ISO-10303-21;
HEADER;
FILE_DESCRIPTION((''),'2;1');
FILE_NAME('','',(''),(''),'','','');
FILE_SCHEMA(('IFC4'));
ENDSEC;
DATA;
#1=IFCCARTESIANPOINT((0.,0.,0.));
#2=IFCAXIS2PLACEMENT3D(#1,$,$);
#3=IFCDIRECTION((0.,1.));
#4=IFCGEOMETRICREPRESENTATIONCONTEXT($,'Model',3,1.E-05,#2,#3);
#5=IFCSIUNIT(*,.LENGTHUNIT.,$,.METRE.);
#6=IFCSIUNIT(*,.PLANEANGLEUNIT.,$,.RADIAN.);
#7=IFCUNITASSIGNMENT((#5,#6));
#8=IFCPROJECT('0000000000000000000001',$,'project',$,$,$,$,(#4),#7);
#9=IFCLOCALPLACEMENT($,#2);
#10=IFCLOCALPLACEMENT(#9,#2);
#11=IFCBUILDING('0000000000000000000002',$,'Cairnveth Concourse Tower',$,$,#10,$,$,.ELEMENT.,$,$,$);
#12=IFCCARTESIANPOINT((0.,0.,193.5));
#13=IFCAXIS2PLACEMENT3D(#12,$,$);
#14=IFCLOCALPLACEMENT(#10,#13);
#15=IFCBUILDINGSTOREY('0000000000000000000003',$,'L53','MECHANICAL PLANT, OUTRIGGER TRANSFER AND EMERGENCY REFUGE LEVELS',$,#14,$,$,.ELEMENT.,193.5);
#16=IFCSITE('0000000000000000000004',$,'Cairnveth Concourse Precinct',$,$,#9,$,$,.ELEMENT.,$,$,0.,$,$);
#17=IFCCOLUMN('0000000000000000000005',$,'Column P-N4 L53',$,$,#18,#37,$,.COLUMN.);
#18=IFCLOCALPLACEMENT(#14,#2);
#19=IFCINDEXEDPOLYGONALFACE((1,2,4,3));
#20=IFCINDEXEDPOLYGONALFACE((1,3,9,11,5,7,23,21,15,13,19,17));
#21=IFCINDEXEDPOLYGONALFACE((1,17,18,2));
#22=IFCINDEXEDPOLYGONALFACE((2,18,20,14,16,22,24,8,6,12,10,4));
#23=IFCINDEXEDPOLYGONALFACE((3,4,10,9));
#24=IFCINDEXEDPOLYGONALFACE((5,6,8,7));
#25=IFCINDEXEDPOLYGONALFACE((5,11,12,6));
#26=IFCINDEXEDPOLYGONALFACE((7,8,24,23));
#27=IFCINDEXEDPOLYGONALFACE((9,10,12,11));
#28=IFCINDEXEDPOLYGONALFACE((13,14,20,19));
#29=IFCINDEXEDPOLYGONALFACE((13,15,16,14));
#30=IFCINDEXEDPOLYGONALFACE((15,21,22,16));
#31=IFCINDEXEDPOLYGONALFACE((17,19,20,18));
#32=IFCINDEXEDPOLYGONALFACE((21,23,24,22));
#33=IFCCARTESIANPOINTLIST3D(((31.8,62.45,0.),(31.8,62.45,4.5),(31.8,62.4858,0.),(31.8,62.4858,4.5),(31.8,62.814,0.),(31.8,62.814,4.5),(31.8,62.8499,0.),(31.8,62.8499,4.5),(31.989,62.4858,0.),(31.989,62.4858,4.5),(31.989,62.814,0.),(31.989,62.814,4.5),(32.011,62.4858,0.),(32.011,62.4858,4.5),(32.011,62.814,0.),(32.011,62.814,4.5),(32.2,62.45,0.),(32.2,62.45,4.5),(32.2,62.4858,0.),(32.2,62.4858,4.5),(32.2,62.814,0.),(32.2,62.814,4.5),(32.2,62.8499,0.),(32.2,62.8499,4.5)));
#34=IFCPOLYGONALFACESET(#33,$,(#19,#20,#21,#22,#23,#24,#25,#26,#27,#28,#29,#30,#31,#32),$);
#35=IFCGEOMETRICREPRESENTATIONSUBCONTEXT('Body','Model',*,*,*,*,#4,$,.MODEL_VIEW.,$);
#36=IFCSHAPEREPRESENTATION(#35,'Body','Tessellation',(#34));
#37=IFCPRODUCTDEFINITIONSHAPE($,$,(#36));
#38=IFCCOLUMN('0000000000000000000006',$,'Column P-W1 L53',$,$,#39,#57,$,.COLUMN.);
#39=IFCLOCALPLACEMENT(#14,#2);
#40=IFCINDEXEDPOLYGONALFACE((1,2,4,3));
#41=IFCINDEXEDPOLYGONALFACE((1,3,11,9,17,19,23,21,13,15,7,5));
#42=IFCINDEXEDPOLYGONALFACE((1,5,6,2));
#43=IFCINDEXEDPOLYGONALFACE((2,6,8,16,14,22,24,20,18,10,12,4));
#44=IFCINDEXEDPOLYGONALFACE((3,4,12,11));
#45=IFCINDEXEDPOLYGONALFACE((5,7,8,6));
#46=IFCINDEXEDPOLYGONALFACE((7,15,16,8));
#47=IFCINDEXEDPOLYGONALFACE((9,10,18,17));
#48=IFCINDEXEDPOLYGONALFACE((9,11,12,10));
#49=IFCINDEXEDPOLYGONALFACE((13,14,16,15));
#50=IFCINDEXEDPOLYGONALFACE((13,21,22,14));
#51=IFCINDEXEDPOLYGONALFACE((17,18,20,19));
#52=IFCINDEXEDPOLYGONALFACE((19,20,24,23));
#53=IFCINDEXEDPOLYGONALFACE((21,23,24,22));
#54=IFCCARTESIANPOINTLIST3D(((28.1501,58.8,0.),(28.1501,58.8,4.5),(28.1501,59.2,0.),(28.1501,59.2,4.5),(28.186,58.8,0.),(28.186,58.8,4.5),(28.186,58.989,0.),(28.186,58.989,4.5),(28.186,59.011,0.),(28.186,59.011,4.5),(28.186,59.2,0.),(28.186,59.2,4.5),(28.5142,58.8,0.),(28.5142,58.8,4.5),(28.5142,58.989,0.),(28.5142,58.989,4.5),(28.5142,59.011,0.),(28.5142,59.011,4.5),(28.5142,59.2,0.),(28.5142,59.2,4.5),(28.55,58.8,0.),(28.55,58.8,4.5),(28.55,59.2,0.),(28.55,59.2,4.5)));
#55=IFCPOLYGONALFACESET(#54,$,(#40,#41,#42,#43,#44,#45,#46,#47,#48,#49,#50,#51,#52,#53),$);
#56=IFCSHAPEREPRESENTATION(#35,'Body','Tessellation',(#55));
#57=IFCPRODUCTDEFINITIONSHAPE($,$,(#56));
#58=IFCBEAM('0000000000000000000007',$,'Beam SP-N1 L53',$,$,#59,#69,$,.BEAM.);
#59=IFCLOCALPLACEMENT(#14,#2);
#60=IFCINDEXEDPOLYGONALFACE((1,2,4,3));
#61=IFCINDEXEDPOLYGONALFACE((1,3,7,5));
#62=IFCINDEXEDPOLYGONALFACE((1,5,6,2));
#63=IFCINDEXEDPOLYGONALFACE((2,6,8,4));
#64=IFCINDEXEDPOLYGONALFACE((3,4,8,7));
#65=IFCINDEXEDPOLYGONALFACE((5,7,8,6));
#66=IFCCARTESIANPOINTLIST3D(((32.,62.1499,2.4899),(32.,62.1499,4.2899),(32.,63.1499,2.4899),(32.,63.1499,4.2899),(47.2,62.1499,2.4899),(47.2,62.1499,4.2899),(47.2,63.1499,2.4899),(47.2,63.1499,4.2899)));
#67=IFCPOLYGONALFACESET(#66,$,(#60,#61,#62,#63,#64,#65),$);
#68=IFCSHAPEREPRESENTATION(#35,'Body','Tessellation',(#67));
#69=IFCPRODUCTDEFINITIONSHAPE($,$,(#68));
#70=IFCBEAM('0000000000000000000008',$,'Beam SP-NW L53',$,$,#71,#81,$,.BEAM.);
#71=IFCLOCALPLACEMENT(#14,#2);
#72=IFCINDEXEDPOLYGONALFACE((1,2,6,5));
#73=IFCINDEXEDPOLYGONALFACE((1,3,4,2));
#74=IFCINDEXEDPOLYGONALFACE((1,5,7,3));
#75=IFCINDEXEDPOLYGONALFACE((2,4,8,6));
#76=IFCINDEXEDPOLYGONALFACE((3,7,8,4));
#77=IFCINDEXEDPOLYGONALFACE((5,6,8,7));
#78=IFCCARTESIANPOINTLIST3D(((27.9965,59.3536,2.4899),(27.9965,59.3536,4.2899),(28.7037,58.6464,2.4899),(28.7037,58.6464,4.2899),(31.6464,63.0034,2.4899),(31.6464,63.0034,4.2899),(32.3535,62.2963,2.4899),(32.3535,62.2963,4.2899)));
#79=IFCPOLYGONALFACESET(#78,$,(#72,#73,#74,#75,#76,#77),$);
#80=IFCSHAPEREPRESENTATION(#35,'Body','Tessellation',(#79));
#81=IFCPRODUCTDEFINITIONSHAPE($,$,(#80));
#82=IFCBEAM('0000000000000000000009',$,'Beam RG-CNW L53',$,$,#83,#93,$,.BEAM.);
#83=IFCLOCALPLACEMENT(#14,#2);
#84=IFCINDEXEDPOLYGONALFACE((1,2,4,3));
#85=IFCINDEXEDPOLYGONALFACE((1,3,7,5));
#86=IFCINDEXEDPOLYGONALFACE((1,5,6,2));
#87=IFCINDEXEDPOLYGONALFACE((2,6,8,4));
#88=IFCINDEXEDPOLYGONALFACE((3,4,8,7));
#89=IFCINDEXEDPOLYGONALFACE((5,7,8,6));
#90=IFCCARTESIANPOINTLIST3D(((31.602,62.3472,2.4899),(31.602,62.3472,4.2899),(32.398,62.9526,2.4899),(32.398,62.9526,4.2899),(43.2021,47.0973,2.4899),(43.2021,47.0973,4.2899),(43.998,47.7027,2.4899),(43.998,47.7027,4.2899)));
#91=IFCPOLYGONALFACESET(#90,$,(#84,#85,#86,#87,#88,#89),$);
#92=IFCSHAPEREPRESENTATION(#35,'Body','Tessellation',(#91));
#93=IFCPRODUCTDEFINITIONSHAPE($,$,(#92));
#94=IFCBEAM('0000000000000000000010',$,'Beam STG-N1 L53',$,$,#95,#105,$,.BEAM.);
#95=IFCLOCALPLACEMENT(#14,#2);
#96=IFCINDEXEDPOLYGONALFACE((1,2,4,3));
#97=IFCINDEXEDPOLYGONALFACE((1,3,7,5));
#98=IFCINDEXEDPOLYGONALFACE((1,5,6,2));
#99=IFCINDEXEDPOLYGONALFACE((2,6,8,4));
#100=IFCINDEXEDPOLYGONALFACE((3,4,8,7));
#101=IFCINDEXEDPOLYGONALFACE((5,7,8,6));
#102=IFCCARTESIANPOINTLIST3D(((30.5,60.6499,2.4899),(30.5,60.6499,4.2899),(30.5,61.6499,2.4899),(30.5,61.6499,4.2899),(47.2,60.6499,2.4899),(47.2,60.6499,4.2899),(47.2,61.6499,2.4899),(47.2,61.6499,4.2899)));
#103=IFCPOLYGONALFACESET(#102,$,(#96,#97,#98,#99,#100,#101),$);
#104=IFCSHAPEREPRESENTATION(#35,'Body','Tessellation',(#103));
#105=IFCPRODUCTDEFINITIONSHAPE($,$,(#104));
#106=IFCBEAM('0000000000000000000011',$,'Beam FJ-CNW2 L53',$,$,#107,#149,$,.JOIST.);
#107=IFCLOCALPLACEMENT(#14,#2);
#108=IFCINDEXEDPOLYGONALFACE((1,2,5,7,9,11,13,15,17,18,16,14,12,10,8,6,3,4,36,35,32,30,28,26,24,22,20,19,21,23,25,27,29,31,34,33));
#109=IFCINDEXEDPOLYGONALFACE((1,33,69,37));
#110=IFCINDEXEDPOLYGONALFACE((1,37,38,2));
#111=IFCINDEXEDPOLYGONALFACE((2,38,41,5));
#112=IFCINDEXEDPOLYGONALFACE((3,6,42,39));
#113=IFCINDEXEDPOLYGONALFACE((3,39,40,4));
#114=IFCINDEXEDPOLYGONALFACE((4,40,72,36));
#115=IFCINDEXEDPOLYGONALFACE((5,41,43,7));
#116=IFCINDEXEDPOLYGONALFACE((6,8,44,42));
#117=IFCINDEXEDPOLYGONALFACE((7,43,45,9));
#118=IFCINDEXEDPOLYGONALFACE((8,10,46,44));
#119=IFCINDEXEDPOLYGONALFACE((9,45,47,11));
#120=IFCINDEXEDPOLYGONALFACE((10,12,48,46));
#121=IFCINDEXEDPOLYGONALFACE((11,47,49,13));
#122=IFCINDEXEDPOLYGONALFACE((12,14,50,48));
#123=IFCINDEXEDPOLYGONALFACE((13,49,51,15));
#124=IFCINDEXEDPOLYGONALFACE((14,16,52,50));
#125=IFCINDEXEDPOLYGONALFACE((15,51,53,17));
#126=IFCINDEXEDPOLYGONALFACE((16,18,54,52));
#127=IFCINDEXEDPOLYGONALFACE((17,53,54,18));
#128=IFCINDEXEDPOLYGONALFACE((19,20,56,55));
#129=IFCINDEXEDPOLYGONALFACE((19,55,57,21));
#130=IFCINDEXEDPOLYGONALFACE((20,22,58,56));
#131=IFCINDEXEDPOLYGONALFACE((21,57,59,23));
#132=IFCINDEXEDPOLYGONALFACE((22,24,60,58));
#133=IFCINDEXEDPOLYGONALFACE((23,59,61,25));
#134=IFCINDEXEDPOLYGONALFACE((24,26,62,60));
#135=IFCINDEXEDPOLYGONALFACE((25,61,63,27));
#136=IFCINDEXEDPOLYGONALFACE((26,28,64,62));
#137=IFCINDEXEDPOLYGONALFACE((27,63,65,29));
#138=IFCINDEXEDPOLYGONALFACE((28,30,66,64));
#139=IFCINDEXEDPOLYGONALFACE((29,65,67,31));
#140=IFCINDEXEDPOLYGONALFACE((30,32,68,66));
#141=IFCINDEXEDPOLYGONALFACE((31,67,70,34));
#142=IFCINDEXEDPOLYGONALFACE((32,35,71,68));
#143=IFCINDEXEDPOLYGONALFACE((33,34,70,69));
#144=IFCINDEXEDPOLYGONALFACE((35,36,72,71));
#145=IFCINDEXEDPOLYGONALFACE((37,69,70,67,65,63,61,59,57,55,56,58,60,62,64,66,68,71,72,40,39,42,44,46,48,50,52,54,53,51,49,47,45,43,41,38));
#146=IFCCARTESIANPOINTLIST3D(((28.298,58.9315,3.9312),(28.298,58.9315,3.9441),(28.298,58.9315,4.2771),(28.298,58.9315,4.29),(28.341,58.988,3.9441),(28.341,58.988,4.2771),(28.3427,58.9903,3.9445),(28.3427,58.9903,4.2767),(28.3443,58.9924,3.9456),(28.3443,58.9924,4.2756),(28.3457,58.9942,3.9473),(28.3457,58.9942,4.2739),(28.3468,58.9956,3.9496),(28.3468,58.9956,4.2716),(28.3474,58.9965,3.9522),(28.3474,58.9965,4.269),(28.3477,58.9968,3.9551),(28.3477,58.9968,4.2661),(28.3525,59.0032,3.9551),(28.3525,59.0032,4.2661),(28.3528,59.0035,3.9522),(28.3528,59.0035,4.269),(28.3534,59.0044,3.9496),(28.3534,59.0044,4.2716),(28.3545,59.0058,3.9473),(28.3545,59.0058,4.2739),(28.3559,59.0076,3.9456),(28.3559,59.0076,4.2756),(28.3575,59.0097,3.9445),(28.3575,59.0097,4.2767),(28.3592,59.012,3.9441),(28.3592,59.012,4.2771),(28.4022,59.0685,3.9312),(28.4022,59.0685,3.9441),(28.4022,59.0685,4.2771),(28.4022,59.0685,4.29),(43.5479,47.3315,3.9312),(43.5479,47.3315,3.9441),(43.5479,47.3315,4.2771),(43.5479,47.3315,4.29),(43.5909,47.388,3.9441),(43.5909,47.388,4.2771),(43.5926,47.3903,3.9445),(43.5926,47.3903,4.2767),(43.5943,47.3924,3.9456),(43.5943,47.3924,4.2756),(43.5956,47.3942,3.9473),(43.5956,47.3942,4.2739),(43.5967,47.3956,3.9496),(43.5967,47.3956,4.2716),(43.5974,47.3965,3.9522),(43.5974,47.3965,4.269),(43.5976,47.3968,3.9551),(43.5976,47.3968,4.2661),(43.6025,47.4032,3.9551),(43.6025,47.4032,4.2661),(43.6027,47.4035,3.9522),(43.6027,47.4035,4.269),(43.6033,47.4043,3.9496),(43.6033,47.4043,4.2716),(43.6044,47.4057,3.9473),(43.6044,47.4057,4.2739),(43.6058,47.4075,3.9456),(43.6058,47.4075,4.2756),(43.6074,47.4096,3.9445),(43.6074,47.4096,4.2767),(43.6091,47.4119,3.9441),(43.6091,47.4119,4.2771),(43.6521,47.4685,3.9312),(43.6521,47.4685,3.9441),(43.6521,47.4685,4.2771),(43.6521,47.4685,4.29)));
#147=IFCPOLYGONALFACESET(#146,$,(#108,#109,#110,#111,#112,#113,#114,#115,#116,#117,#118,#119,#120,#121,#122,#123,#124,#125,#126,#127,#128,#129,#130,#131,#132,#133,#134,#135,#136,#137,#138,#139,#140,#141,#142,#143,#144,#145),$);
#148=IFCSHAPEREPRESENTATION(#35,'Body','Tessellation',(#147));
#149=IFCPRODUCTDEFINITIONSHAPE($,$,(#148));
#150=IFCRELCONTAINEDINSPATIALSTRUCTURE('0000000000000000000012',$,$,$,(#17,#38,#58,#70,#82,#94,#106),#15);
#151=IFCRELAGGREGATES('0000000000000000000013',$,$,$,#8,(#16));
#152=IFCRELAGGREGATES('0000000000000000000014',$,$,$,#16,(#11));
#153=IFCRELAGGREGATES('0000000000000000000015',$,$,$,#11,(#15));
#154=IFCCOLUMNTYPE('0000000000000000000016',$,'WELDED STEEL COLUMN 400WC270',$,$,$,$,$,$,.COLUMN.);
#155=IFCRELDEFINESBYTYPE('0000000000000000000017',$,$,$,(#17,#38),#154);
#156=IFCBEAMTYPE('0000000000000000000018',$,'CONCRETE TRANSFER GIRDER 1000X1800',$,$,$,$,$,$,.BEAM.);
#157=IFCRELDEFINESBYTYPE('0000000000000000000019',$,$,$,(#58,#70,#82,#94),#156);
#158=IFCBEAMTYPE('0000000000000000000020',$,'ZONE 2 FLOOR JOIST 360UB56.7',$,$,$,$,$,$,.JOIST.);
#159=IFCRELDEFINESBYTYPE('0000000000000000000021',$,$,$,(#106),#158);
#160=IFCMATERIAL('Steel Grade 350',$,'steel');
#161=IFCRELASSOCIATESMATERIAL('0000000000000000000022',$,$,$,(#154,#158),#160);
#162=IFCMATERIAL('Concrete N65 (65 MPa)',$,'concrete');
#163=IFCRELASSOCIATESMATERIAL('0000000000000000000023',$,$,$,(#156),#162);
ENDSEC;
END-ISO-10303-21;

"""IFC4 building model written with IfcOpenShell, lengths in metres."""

from ifc_helpers import new_model, si_unit, direction, frame, origin, origin_2d, place, context, subcontext, project, spatial, rectangle, i_section, extrude, material, material_profile, profile_set, type_object, element, save


model = new_model("IFC4")

# Units and contexts
model_context = context("Model", 3, precision=1e-05, world=origin(), true_north=direction((0.0, 1.0)))
body_context = subcontext(model_context, "Body", "Model", "MODEL_VIEW")
ifc_project = project(units=[si_unit("LENGTHUNIT", "METRE"), si_unit("PLANEANGLEUNIT", "RADIAN")], contexts=[model_context])

# Site, building, storey
site_placement = place(None, origin())
site = spatial("IfcSite", under=ifc_project, at=site_placement, Name="Cairnveth Concourse Precinct", CompositionType="ELEMENT", RefElevation=0.0)
building_placement = place(site_placement, origin())
building = spatial("IfcBuilding", under=site, at=building_placement, Name="Cairnveth Concourse Tower", CompositionType="ELEMENT")
storey_placement = place(building_placement, frame((0.0, 0.0, 193.5)))
storey = spatial("IfcBuildingStorey", under=building, at=storey_placement, Name="L53", Description="MECHANICAL PLANT, OUTRIGGER TRANSFER AND EMERGENCY REFUGE LEVELS", CompositionType="ELEMENT", Elevation=193.5)

# Columns
ifc_material_1 = material(Name="Steel Grade 350", Category="steel")
ifc_material_profile_1 = material_profile(ifc_material_1, i_section(OverallWidth=0.3999, OverallDepth=0.3999, WebThickness=0.022, FlangeThickness=0.0359, at=origin_2d()), Name="400WC270")
ifc_profile_set_1 = profile_set([ifc_material_profile_1], Name="Steel Grade 350")
column_type = type_object("IfcColumnType", Name="WELDED STEEL COLUMN 400WC270", PredefinedType="COLUMN", material=ifc_profile_set_1)
for number, where, z_axis, x_axis, name in (
    (1, (32.0, 62.6499, 0.0), (0.0, 0.0, 1.0), (1.0, 0.0, 0.0), "Column P-N4 L53"),
    (2, (28.3501, 59.0, 0.0), (0.0, 0.0, 1.0), (0.0, 1.0, 0.0), "Column P-W1 L53"),
):
    element("IfcColumn", number, at=place(storey_placement, frame(where, z_axis=z_axis, x_axis=x_axis)), inside=storey, type_object=column_type, Name=name, PredefinedType="COLUMN", context=body_context, shape_type="SweptSolid", body=[
        extrude(i_section(OverallWidth=0.3999, OverallDepth=0.3999, WebThickness=0.022, FlangeThickness=0.0359, at=origin_2d()), origin(), (0.0, 0.0, 1.0), 4.5),
    ])

# Beams
ifc_material_2 = material(Name="Concrete N65 (65 MPa)", Category="concrete")
ifc_material_profile_2 = material_profile(ifc_material_2, rectangle(XDim=1.0, YDim=1.8, at=origin_2d()), Name="RC-TB-1000x1800")
ifc_profile_set_2 = profile_set([ifc_material_profile_2], Name="Concrete N65 (65 MPa)")
beam_type_1 = type_object("IfcBeamType", Name="CONCRETE TRANSFER GIRDER 1000X1800", PredefinedType="BEAM", material=ifc_profile_set_2)
beam_1_placement = place(storey_placement, frame((32.0, 62.6499, 3.3899), z_axis=(1.0, 0.0, 0.0), x_axis=(0.0, 1.0, 0.0)))
element("IfcBeam", 3, at=beam_1_placement, inside=storey, type_object=beam_type_1, Name="Beam SP-N1 L53", PredefinedType="BEAM", context=body_context, shape_type="SweptSolid", body=[
    extrude(rectangle(XDim=1.0, YDim=1.8, at=origin_2d()), origin(), (0.0, 0.0, 1.0), 15.2),
])
beam_2_placement = place(storey_placement, frame((28.3501, 59.0, 3.3899), z_axis=(0.707107, 0.707107, 0.0), x_axis=(-0.707107, 0.707107, 0.0)))
element("IfcBeam", 4, at=beam_2_placement, inside=storey, type_object=beam_type_1, Name="Beam SP-NW L53", PredefinedType="BEAM", context=body_context, shape_type="SweptSolid", body=[
    extrude(rectangle(XDim=1.0, YDim=1.8, at=origin_2d()), origin(), (0.0, 0.0, 1.0), 5.1616),
])
beam_3_placement = place(storey_placement, frame((32.0, 62.6499, 3.3899), z_axis=(0.605417, -0.795908, 0.0), x_axis=(0.795908, 0.605417, 0.0)))
element("IfcBeam", 5, at=beam_3_placement, inside=storey, type_object=beam_type_1, Name="Beam RG-CNW L53", PredefinedType="BEAM", context=body_context, shape_type="SweptSolid", body=[
    extrude(rectangle(XDim=1.0, YDim=1.8, at=origin_2d()), origin(), (0.0, 0.0, 1.0), 19.1604),
])
beam_4_placement = place(storey_placement, frame((30.5, 61.1499, 3.3899), z_axis=(1.0, 0.0, 0.0), x_axis=(0.0, 1.0, 0.0)))
element("IfcBeam", 6, at=beam_4_placement, inside=storey, type_object=beam_type_1, Name="Beam STG-N1 L53", PredefinedType="BEAM", context=body_context, shape_type="SweptSolid", body=[
    extrude(rectangle(XDim=1.0, YDim=1.8, at=origin_2d()), origin(), (0.0, 0.0, 1.0), 16.7),
])
ifc_material_profile_3 = material_profile(ifc_material_1, i_section(OverallWidth=0.1721, OverallDepth=0.3589, WebThickness=0.0081, FlangeThickness=0.0129, FilletRadius=0.011, at=origin_2d()), Name="360UB56.7")
ifc_profile_set_3 = profile_set([ifc_material_profile_3], Name="Steel Grade 350")
beam_type_2 = type_object("IfcBeamType", Name="ZONE 2 FLOOR JOIST 360UB56.7", PredefinedType="JOIST", material=ifc_profile_set_3)
beam_5_placement = place(storey_placement, frame((28.3501, 59.0, 4.1106), z_axis=(0.795908, -0.605417, 0.0), x_axis=(0.605417, 0.795908, 0.0)))
element("IfcBeam", 7, at=beam_5_placement, inside=storey, type_object=beam_type_2, Name="Beam FJ-CNW2 L53", PredefinedType="JOIST", context=body_context, shape_type="SweptSolid", body=[
    extrude(i_section(OverallWidth=0.1721, OverallDepth=0.3589, WebThickness=0.0081, FlangeThickness=0.0129, FilletRadius=0.011, at=origin_2d()), origin(), (0.0, 0.0, 1.0), 19.1604),
])

save(model, "model.ifc")
